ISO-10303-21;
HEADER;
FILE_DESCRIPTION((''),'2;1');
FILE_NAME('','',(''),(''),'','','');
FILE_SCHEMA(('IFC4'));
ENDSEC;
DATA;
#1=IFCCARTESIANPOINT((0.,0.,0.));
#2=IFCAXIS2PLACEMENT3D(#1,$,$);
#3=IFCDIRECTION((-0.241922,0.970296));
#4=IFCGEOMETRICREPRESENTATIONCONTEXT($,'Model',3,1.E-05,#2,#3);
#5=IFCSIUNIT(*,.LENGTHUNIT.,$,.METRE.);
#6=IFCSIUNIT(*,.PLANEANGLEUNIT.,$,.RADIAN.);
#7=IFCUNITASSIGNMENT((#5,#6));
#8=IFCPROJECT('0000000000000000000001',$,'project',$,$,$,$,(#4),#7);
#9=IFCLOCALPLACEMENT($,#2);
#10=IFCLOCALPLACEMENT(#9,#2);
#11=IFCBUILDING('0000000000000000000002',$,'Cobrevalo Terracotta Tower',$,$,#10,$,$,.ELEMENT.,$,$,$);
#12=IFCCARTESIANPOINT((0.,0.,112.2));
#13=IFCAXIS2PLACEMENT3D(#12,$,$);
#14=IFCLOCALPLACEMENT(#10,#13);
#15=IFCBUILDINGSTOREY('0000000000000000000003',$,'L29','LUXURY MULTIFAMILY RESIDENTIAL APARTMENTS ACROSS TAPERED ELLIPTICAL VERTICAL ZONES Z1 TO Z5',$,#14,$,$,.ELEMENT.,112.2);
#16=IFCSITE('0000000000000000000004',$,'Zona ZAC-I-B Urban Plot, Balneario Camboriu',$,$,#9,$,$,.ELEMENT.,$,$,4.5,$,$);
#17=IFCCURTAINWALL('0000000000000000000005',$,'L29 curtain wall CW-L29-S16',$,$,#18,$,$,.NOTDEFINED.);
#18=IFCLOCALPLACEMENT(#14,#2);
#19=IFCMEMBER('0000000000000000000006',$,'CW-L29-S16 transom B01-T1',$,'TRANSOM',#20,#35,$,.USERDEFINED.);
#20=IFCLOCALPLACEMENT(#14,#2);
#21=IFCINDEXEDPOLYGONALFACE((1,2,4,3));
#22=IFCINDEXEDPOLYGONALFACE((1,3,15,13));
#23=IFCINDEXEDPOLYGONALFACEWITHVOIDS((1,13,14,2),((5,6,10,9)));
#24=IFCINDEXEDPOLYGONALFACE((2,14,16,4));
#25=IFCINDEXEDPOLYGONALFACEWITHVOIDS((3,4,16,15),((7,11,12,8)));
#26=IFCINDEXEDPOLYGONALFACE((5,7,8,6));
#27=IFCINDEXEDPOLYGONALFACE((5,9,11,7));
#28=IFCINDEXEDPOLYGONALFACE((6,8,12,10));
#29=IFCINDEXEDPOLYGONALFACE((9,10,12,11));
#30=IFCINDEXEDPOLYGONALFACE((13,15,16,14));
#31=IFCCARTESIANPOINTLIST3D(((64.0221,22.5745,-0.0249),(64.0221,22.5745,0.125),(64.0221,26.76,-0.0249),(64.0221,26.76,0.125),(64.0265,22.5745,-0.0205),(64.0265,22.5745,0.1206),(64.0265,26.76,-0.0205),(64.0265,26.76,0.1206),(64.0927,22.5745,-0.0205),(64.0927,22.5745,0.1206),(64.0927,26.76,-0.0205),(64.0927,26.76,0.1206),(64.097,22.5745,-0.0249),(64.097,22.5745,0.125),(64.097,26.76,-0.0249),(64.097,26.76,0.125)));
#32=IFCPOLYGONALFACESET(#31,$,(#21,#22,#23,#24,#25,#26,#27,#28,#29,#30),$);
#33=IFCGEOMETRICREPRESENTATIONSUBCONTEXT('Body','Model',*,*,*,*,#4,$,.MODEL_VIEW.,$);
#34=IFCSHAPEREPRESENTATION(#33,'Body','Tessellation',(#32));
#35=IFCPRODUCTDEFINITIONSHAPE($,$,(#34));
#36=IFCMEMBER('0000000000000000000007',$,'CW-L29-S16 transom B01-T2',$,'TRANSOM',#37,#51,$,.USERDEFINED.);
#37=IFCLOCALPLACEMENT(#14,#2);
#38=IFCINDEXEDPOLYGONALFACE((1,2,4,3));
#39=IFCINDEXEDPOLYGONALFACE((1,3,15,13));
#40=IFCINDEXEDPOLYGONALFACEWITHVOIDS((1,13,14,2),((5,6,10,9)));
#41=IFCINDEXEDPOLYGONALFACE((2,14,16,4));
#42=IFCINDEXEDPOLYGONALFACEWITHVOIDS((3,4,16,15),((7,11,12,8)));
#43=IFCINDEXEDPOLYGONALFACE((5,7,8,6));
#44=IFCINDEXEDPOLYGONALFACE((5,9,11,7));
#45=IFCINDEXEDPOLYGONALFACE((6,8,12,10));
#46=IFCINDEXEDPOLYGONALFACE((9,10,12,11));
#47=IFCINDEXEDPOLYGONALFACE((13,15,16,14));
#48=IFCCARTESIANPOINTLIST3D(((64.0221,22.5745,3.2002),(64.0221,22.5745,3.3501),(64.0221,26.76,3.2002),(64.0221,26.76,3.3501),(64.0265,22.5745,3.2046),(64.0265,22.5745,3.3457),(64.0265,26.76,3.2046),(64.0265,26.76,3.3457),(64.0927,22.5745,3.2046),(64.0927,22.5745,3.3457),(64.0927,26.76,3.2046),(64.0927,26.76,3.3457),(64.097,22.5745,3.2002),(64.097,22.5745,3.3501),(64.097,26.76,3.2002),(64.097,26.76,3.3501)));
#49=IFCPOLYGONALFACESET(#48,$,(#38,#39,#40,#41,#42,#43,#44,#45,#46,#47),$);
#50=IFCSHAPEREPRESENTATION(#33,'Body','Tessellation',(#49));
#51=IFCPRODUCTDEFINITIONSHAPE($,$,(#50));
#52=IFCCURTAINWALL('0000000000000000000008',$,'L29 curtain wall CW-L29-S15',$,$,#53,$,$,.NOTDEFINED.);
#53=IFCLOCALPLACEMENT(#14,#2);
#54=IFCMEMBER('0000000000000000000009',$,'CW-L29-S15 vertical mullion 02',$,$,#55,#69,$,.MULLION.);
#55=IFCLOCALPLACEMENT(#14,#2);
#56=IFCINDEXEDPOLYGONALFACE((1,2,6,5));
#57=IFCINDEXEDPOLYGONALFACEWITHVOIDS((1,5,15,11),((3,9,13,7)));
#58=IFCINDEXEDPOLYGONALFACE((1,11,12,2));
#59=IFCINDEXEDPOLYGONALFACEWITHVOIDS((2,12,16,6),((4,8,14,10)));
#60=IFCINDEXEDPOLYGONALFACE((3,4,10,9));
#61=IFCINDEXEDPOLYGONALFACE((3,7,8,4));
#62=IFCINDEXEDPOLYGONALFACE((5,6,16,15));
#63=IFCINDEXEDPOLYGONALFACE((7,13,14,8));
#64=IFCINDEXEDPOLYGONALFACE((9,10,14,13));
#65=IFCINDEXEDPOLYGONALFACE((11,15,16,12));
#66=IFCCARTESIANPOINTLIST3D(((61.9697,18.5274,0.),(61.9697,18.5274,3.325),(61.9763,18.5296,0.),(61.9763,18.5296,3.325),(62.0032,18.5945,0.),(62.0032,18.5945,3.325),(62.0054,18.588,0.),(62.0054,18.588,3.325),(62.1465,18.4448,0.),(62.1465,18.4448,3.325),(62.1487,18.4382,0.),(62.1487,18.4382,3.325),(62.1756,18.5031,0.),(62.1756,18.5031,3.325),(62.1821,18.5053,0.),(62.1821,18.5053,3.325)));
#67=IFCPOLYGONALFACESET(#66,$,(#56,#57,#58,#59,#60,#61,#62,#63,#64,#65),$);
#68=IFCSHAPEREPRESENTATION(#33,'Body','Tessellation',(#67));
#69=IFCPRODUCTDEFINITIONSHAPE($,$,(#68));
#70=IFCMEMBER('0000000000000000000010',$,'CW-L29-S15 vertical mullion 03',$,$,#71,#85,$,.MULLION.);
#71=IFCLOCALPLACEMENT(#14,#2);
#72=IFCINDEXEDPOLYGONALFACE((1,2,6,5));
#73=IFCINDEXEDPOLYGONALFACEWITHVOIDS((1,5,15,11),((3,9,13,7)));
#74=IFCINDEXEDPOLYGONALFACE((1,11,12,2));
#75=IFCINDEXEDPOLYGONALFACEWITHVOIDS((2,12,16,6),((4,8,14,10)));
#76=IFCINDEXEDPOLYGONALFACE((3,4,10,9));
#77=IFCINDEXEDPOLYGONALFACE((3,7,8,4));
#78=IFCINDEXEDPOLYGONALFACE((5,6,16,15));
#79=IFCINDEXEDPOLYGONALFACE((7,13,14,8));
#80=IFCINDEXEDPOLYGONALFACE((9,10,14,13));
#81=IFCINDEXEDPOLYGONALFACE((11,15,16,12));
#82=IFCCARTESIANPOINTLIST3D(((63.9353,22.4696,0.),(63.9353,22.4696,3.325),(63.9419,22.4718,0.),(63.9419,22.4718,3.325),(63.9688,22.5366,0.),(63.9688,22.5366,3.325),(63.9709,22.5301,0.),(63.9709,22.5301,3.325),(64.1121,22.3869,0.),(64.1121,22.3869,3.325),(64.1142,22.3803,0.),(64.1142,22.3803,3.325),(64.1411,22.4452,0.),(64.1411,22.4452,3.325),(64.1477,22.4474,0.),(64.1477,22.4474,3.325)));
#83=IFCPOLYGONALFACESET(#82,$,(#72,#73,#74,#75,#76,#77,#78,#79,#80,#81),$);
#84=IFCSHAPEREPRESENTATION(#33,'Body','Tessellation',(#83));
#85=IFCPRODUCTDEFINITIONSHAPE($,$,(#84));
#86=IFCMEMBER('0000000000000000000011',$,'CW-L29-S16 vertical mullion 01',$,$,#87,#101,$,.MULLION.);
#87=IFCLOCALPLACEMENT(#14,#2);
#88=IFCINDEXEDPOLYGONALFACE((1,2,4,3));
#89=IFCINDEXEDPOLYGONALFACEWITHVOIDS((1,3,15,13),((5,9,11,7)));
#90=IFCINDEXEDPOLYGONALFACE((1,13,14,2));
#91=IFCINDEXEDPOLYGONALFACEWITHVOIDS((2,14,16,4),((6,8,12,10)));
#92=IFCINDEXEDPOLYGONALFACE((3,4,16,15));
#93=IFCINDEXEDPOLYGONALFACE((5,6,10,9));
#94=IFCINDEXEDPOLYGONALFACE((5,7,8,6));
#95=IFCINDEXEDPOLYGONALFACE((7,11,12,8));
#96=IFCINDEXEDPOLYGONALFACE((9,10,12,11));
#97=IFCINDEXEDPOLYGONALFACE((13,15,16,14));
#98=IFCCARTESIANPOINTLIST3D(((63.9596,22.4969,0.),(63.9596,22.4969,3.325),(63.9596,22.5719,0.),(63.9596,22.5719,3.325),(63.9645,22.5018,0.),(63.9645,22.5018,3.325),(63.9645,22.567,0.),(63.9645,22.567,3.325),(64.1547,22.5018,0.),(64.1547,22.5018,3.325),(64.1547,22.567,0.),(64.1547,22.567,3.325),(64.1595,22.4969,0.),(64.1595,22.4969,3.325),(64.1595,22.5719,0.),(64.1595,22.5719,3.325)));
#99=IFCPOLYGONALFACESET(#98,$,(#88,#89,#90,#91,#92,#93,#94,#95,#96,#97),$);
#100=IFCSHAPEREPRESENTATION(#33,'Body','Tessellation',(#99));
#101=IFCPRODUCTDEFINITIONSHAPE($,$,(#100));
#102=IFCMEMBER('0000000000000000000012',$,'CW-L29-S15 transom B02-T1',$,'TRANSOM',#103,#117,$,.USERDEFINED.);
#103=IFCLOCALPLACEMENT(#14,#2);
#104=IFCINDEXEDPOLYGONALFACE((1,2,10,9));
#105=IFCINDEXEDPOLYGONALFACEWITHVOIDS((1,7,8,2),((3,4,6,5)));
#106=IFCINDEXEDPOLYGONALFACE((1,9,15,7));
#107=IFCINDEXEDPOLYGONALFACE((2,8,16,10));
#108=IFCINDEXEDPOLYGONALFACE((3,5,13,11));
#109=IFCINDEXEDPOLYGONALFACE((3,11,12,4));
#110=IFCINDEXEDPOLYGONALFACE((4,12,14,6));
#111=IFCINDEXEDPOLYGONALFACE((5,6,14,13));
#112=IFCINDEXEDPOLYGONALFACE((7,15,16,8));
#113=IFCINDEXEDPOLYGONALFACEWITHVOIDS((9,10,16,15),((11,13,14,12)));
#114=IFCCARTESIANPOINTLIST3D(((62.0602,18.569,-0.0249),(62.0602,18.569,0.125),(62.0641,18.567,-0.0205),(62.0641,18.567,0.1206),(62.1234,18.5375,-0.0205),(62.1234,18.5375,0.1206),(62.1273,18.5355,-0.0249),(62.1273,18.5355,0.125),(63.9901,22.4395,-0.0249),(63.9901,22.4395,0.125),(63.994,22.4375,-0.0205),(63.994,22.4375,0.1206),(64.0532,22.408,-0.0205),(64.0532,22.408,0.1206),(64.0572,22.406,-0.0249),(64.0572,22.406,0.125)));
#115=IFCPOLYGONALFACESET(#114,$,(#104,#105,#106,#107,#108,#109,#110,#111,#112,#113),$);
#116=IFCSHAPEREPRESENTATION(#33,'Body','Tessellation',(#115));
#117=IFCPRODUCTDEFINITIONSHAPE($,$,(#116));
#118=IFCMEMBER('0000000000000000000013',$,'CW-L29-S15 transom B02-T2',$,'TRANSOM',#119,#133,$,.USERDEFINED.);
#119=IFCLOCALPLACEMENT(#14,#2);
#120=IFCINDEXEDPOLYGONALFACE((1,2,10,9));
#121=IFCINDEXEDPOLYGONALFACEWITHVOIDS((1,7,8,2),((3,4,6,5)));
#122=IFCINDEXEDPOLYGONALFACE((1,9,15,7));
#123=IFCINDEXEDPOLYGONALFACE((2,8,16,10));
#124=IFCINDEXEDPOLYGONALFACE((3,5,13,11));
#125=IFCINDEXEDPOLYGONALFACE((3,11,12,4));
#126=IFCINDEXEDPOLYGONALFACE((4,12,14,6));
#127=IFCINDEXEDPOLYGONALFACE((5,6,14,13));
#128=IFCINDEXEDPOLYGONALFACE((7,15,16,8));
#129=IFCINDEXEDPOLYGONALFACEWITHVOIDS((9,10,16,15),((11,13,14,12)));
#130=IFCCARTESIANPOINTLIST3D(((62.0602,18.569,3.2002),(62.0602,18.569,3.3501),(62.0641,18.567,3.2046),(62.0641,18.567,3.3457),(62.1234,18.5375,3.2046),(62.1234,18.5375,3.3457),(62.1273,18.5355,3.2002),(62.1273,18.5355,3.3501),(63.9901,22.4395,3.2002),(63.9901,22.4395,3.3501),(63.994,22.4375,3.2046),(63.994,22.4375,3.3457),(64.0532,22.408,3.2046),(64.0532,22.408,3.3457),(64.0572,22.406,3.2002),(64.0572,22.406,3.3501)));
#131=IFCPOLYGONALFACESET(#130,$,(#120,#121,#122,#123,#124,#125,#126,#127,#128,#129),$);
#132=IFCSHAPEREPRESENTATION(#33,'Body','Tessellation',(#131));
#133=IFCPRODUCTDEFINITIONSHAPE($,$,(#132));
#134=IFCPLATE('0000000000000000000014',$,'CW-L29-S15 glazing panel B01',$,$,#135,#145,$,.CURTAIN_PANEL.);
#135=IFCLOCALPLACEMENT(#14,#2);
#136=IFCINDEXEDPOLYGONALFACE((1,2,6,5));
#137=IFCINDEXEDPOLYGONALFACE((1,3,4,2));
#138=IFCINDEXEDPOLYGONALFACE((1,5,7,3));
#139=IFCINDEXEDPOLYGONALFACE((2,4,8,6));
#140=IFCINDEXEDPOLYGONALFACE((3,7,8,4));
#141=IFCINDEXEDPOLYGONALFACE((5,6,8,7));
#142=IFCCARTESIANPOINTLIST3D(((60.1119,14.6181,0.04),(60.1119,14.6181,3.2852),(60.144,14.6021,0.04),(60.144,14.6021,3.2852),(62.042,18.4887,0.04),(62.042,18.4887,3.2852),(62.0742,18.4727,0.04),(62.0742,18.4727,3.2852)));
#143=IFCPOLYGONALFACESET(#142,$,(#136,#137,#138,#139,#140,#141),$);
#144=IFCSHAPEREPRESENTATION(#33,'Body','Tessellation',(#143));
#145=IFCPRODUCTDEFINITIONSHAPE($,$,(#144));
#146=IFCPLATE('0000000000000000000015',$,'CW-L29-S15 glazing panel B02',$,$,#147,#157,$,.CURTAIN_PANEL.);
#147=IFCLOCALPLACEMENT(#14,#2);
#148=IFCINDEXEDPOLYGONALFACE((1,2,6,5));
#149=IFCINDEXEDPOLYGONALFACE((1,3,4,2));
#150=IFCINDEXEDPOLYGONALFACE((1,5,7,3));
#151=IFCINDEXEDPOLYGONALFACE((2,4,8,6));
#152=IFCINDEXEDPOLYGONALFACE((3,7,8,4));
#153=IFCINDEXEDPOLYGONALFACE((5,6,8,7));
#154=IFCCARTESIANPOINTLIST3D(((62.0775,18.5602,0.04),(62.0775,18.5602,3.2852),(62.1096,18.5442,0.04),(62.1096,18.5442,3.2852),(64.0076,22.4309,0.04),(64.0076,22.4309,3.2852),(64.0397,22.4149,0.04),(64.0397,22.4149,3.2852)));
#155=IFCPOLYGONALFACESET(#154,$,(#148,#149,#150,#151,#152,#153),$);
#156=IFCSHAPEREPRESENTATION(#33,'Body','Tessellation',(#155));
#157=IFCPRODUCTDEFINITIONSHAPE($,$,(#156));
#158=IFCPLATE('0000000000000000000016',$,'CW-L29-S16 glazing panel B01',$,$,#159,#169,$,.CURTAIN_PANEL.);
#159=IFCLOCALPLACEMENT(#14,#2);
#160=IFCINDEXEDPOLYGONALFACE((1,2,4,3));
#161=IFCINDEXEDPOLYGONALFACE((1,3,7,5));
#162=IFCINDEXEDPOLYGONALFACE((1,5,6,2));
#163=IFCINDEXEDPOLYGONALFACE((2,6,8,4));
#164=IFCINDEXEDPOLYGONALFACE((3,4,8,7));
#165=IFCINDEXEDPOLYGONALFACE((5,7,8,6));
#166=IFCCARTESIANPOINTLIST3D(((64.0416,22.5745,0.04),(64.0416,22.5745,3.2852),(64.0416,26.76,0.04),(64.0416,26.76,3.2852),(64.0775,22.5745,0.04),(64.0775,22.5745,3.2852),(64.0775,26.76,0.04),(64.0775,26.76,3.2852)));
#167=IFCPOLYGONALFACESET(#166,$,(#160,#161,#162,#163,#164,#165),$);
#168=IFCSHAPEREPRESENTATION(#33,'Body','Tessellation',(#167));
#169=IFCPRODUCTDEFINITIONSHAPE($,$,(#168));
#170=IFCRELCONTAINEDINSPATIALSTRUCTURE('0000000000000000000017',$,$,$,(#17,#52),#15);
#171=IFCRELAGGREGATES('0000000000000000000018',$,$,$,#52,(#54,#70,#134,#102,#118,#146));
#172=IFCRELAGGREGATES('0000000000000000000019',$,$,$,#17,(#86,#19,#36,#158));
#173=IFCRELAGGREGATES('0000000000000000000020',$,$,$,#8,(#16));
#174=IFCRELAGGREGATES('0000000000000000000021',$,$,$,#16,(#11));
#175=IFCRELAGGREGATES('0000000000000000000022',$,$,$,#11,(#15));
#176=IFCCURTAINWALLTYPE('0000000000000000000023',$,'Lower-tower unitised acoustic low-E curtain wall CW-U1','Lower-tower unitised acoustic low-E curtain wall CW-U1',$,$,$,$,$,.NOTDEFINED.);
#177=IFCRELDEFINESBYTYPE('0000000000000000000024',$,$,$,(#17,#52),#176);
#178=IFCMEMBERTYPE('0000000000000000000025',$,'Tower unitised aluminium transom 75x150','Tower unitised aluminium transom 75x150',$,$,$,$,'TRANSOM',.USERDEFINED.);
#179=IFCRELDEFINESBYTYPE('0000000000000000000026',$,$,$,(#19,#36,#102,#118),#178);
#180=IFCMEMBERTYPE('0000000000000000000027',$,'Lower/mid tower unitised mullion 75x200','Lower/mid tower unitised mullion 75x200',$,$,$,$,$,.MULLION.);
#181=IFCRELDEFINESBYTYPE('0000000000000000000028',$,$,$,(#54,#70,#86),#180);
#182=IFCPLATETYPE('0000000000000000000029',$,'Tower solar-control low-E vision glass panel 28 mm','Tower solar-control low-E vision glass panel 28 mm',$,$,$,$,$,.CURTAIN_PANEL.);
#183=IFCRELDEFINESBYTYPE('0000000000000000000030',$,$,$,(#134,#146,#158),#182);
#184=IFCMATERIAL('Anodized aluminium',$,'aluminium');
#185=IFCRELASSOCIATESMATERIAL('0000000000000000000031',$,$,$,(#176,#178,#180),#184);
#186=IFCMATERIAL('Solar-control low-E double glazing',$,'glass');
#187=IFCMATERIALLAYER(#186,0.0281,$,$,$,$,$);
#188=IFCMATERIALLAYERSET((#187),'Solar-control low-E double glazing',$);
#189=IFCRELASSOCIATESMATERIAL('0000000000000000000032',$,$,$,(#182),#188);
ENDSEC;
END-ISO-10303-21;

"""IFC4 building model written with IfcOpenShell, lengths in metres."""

from ifc_helpers import new_model, si_unit, direction, frame, origin, origin_2d, place, context, subcontext, project, spatial, rectangle, hollow_rectangle, extrude, source, transform, mapped, material, layer, layer_set, material_profile, profile_set, type_object, element, aggregate, save


model = new_model("IFC4")

# Units and contexts
model_context = context("Model", 3, precision=1e-05, world=origin(), true_north=direction((-0.241922, 0.970296)))
body_context = subcontext(model_context, "Body", "Model", "MODEL_VIEW")
ifc_project = project(units=[si_unit("LENGTHUNIT", "METRE"), si_unit("PLANEANGLEUNIT", "RADIAN")], contexts=[model_context])

# Site, building, storey
site_placement = place(None, origin())
site = spatial("IfcSite", under=ifc_project, at=site_placement, Name="Zona ZAC-I-B Urban Plot, Balneario Camboriu", CompositionType="ELEMENT", RefElevation=4.5)
building_placement = place(site_placement, origin())
building = spatial("IfcBuilding", under=site, at=building_placement, Name="Cobrevalo Terracotta Tower", CompositionType="ELEMENT")
storey_placement = place(building_placement, frame((0.0, 0.0, 112.2)))
storey = spatial("IfcBuildingStorey", under=building, at=storey_placement, Name="L29", Description="LUXURY MULTIFAMILY RESIDENTIAL APARTMENTS ACROSS TAPERED ELLIPTICAL VERTICAL ZONES Z1 TO Z5", CompositionType="ELEMENT", Elevation=112.2)

# Curtain walls, members
ifc_material_1 = material(Name="Anodized aluminium", Category="aluminium")
curtain_wall_type = type_object("IfcCurtainWallType", Name="Lower-tower unitised acoustic low-E curtain wall CW-U1", Description="Lower-tower unitised acoustic low-E curtain wall CW-U1", PredefinedType="NOTDEFINED", material=ifc_material_1)
curtain_wall_1_placement = place(storey_placement, origin())
curtain_wall_1 = element("IfcCurtainWall", 1, at=curtain_wall_1_placement, inside=storey, type_object=curtain_wall_type, Name="L29 curtain wall CW-L29-S16", PredefinedType="NOTDEFINED")
ifc_material_profile_1 = material_profile(ifc_material_1, hollow_rectangle(XDim=0.075, YDim=0.1499, WallThickness=0.0044, at=origin_2d()), Name="CWT 75x150")
ifc_profile_set_1 = profile_set([ifc_material_profile_1], Name="Anodized aluminium")
member_type_1 = type_object("IfcMemberType", Name="Tower unitised aluminium transom 75x150", Description="Tower unitised aluminium transom 75x150", ElementType="TRANSOM", PredefinedType="USERDEFINED", material=ifc_profile_set_1)
shared_shape_1 = source(origin(), body_context, "Body", "SweptSolid", [
    extrude(hollow_rectangle(XDim=0.075, YDim=0.1499, WallThickness=0.0044, at=origin_2d()), origin(), (0.0, 0.0, 1.0), 4.1855),
])
member_1_placement = place(storey_placement, frame((64.0596, 22.5745, 0.05), z_axis=(0.0, 1.0, 0.0), x_axis=(-1.0, 0.0, 0.0)))
member_1 = element("IfcMember", 2, at=member_1_placement, type_object=member_type_1, Name="CW-L29-S16 transom B01-T1", ObjectType="TRANSOM", PredefinedType="USERDEFINED", context=body_context, shape_type="MappedRepresentation", body=[
    mapped(shared_shape_1, transform((0.0, 0.0, 0.0), scale=1.0)),
])
member_2_placement = place(storey_placement, frame((64.0596, 22.5745, 3.2751), z_axis=(0.0, 1.0, 0.0), x_axis=(-1.0, 0.0, 0.0)))
member_2 = element("IfcMember", 3, at=member_2_placement, type_object=member_type_1, Name="CW-L29-S16 transom B01-T2", ObjectType="TRANSOM", PredefinedType="USERDEFINED", context=body_context, shape_type="MappedRepresentation", body=[
    mapped(shared_shape_1, transform((0.0, 0.0, 0.0), scale=1.0)),
])
curtain_wall_2_placement = place(storey_placement, origin())
curtain_wall_2 = element("IfcCurtainWall", 4, at=curtain_wall_2_placement, inside=storey, type_object=curtain_wall_type, Name="L29 curtain wall CW-L29-S15", PredefinedType="NOTDEFINED")
ifc_material_profile_2 = material_profile(ifc_material_1, hollow_rectangle(XDim=0.075, YDim=0.2, WallThickness=0.0049, at=origin_2d()), Name="CWM 75x200")
ifc_profile_set_2 = profile_set([ifc_material_profile_2], Name="Anodized aluminium")
member_type_2 = type_object("IfcMemberType", Name="Lower/mid tower unitised mullion 75x200", Description="Lower/mid tower unitised mullion 75x200", PredefinedType="MULLION", material=ifc_profile_set_2)
shared_shape_2 = source(origin(), body_context, "Body", "SweptSolid", [
    extrude(hollow_rectangle(XDim=0.075, YDim=0.2, WallThickness=0.0049, at=origin_2d()), origin(), (0.0, 0.0, 1.0), 3.325),
])
member_3_placement = place(storey_placement, frame((62.0759, 18.5164, 0.0), z_axis=(0.0, 0.0, 1.0), x_axis=(0.44626, 0.894903, 0.0)))
member_3 = element("IfcMember", 5, at=member_3_placement, type_object=member_type_2, Name="CW-L29-S15 vertical mullion 02", PredefinedType="MULLION", context=body_context, shape_type="MappedRepresentation", body=[
    mapped(shared_shape_2, transform((0.0, 0.0, 0.0), scale=1.0)),
])
member_4_placement = place(storey_placement, frame((64.0415, 22.4585, 0.0), z_axis=(0.0, 0.0, 1.0), x_axis=(0.44626, 0.894903, 0.0)))
member_4 = element("IfcMember", 6, at=member_4_placement, type_object=member_type_2, Name="CW-L29-S15 vertical mullion 03", PredefinedType="MULLION", context=body_context, shape_type="MappedRepresentation", body=[
    mapped(shared_shape_2, transform((0.0, 0.0, 0.0), scale=1.0)),
])

# Members
member_5_placement = place(storey_placement, frame((64.0596, 22.5344, 0.0), z_axis=(0.0, 0.0, 1.0), x_axis=(0.0, 1.0, 0.0)))
member_5 = element("IfcMember", 7, at=member_5_placement, type_object=member_type_2, Name="CW-L29-S16 vertical mullion 01", PredefinedType="MULLION", context=body_context, shape_type="MappedRepresentation", body=[
    mapped(shared_shape_2, transform((0.0, 0.0, 0.0), scale=1.0)),
])
shared_shape_3 = source(origin(), body_context, "Body", "SweptSolid", [
    extrude(hollow_rectangle(XDim=0.075, YDim=0.1499, WallThickness=0.0044, at=origin_2d()), origin(), (0.0, 0.0, 1.0), 4.325),
])
member_6_placement = place(storey_placement, frame((62.0938, 18.5522, 0.05), z_axis=(0.44622, 0.894923, 0.0), x_axis=(-0.894923, 0.44622, 0.0)))
member_6 = element("IfcMember", 8, at=member_6_placement, type_object=member_type_1, Name="CW-L29-S15 transom B02-T1", ObjectType="TRANSOM", PredefinedType="USERDEFINED", context=body_context, shape_type="MappedRepresentation", body=[
    mapped(shared_shape_3, transform((0.0, 0.0, 0.0), scale=1.0)),
])
member_7_placement = place(storey_placement, frame((62.0938, 18.5522, 3.2751), z_axis=(0.44622, 0.894923, 0.0), x_axis=(-0.894923, 0.44622, 0.0)))
member_7 = element("IfcMember", 9, at=member_7_placement, type_object=member_type_1, Name="CW-L29-S15 transom B02-T2", ObjectType="TRANSOM", PredefinedType="USERDEFINED", context=body_context, shape_type="MappedRepresentation", body=[
    mapped(shared_shape_3, transform((0.0, 0.0, 0.0), scale=1.0)),
])

# Plates
ifc_material_2 = material(Name="Solar-control low-E double glazing", Category="glass")
ifc_layer_1 = layer(ifc_material_2, 0.0281)
ifc_layer_set_1 = layer_set([ifc_layer_1], Name="Solar-control low-E double glazing")
plate_type = type_object("IfcPlateType", Name="Tower solar-control low-E vision glass panel 28 mm", Description="Tower solar-control low-E vision glass panel 28 mm", PredefinedType="CURTAIN_PANEL", material=ifc_layer_set_1)
shared_shape_4 = source(origin(), body_context, "Body", "SweptSolid", [
    extrude(rectangle(XDim=4.3252, YDim=0.0359, at=origin_2d()), origin(), (0.0, 0.0, 1.0), 3.2451),
])
plate_1_placement = place(storey_placement, frame((61.093, 16.5454, 0.04), z_axis=(0.0, 0.0, 1.0), x_axis=(0.446262, 0.894902, 0.0)))
plate_1 = element("IfcPlate", 10, at=plate_1_placement, type_object=plate_type, Name="CW-L29-S15 glazing panel B01", PredefinedType="CURTAIN_PANEL", context=body_context, shape_type="MappedRepresentation", body=[
    mapped(shared_shape_4, transform((0.0, 0.0, 0.0), scale=1.0)),
])
plate_2_placement = place(storey_placement, frame((63.0586, 20.4875, 0.04), z_axis=(0.0, 0.0, 1.0), x_axis=(0.446262, 0.894902, 0.0)))
plate_2 = element("IfcPlate", 11, at=plate_2_placement, type_object=plate_type, Name="CW-L29-S15 glazing panel B02", PredefinedType="CURTAIN_PANEL", context=body_context, shape_type="MappedRepresentation", body=[
    mapped(shared_shape_4, transform((0.0, 0.0, 0.0), scale=1.0)),
])
aggregate(curtain_wall_2, [member_3, member_4, plate_1, member_6, member_7, plate_2])
shared_shape_5 = source(origin(), body_context, "Body", "SweptSolid", [
    extrude(rectangle(XDim=4.1855, YDim=0.0359, at=origin_2d()), origin(), (0.0, 0.0, 1.0), 3.2451),
])
plate_3_placement = place(storey_placement, frame((64.0596, 24.6672, 0.04), z_axis=(0.0, 0.0, 1.0), x_axis=(0.0, 1.0, 0.0)))
plate_3 = element("IfcPlate", 12, at=plate_3_placement, type_object=plate_type, Name="CW-L29-S16 glazing panel B01", PredefinedType="CURTAIN_PANEL", context=body_context, shape_type="MappedRepresentation", body=[
    mapped(shared_shape_5, transform((0.0, 0.0, 0.0), scale=1.0)),
])
aggregate(curtain_wall_1, [member_5, member_1, member_2, plate_3])

save(model, "model.ifc")
